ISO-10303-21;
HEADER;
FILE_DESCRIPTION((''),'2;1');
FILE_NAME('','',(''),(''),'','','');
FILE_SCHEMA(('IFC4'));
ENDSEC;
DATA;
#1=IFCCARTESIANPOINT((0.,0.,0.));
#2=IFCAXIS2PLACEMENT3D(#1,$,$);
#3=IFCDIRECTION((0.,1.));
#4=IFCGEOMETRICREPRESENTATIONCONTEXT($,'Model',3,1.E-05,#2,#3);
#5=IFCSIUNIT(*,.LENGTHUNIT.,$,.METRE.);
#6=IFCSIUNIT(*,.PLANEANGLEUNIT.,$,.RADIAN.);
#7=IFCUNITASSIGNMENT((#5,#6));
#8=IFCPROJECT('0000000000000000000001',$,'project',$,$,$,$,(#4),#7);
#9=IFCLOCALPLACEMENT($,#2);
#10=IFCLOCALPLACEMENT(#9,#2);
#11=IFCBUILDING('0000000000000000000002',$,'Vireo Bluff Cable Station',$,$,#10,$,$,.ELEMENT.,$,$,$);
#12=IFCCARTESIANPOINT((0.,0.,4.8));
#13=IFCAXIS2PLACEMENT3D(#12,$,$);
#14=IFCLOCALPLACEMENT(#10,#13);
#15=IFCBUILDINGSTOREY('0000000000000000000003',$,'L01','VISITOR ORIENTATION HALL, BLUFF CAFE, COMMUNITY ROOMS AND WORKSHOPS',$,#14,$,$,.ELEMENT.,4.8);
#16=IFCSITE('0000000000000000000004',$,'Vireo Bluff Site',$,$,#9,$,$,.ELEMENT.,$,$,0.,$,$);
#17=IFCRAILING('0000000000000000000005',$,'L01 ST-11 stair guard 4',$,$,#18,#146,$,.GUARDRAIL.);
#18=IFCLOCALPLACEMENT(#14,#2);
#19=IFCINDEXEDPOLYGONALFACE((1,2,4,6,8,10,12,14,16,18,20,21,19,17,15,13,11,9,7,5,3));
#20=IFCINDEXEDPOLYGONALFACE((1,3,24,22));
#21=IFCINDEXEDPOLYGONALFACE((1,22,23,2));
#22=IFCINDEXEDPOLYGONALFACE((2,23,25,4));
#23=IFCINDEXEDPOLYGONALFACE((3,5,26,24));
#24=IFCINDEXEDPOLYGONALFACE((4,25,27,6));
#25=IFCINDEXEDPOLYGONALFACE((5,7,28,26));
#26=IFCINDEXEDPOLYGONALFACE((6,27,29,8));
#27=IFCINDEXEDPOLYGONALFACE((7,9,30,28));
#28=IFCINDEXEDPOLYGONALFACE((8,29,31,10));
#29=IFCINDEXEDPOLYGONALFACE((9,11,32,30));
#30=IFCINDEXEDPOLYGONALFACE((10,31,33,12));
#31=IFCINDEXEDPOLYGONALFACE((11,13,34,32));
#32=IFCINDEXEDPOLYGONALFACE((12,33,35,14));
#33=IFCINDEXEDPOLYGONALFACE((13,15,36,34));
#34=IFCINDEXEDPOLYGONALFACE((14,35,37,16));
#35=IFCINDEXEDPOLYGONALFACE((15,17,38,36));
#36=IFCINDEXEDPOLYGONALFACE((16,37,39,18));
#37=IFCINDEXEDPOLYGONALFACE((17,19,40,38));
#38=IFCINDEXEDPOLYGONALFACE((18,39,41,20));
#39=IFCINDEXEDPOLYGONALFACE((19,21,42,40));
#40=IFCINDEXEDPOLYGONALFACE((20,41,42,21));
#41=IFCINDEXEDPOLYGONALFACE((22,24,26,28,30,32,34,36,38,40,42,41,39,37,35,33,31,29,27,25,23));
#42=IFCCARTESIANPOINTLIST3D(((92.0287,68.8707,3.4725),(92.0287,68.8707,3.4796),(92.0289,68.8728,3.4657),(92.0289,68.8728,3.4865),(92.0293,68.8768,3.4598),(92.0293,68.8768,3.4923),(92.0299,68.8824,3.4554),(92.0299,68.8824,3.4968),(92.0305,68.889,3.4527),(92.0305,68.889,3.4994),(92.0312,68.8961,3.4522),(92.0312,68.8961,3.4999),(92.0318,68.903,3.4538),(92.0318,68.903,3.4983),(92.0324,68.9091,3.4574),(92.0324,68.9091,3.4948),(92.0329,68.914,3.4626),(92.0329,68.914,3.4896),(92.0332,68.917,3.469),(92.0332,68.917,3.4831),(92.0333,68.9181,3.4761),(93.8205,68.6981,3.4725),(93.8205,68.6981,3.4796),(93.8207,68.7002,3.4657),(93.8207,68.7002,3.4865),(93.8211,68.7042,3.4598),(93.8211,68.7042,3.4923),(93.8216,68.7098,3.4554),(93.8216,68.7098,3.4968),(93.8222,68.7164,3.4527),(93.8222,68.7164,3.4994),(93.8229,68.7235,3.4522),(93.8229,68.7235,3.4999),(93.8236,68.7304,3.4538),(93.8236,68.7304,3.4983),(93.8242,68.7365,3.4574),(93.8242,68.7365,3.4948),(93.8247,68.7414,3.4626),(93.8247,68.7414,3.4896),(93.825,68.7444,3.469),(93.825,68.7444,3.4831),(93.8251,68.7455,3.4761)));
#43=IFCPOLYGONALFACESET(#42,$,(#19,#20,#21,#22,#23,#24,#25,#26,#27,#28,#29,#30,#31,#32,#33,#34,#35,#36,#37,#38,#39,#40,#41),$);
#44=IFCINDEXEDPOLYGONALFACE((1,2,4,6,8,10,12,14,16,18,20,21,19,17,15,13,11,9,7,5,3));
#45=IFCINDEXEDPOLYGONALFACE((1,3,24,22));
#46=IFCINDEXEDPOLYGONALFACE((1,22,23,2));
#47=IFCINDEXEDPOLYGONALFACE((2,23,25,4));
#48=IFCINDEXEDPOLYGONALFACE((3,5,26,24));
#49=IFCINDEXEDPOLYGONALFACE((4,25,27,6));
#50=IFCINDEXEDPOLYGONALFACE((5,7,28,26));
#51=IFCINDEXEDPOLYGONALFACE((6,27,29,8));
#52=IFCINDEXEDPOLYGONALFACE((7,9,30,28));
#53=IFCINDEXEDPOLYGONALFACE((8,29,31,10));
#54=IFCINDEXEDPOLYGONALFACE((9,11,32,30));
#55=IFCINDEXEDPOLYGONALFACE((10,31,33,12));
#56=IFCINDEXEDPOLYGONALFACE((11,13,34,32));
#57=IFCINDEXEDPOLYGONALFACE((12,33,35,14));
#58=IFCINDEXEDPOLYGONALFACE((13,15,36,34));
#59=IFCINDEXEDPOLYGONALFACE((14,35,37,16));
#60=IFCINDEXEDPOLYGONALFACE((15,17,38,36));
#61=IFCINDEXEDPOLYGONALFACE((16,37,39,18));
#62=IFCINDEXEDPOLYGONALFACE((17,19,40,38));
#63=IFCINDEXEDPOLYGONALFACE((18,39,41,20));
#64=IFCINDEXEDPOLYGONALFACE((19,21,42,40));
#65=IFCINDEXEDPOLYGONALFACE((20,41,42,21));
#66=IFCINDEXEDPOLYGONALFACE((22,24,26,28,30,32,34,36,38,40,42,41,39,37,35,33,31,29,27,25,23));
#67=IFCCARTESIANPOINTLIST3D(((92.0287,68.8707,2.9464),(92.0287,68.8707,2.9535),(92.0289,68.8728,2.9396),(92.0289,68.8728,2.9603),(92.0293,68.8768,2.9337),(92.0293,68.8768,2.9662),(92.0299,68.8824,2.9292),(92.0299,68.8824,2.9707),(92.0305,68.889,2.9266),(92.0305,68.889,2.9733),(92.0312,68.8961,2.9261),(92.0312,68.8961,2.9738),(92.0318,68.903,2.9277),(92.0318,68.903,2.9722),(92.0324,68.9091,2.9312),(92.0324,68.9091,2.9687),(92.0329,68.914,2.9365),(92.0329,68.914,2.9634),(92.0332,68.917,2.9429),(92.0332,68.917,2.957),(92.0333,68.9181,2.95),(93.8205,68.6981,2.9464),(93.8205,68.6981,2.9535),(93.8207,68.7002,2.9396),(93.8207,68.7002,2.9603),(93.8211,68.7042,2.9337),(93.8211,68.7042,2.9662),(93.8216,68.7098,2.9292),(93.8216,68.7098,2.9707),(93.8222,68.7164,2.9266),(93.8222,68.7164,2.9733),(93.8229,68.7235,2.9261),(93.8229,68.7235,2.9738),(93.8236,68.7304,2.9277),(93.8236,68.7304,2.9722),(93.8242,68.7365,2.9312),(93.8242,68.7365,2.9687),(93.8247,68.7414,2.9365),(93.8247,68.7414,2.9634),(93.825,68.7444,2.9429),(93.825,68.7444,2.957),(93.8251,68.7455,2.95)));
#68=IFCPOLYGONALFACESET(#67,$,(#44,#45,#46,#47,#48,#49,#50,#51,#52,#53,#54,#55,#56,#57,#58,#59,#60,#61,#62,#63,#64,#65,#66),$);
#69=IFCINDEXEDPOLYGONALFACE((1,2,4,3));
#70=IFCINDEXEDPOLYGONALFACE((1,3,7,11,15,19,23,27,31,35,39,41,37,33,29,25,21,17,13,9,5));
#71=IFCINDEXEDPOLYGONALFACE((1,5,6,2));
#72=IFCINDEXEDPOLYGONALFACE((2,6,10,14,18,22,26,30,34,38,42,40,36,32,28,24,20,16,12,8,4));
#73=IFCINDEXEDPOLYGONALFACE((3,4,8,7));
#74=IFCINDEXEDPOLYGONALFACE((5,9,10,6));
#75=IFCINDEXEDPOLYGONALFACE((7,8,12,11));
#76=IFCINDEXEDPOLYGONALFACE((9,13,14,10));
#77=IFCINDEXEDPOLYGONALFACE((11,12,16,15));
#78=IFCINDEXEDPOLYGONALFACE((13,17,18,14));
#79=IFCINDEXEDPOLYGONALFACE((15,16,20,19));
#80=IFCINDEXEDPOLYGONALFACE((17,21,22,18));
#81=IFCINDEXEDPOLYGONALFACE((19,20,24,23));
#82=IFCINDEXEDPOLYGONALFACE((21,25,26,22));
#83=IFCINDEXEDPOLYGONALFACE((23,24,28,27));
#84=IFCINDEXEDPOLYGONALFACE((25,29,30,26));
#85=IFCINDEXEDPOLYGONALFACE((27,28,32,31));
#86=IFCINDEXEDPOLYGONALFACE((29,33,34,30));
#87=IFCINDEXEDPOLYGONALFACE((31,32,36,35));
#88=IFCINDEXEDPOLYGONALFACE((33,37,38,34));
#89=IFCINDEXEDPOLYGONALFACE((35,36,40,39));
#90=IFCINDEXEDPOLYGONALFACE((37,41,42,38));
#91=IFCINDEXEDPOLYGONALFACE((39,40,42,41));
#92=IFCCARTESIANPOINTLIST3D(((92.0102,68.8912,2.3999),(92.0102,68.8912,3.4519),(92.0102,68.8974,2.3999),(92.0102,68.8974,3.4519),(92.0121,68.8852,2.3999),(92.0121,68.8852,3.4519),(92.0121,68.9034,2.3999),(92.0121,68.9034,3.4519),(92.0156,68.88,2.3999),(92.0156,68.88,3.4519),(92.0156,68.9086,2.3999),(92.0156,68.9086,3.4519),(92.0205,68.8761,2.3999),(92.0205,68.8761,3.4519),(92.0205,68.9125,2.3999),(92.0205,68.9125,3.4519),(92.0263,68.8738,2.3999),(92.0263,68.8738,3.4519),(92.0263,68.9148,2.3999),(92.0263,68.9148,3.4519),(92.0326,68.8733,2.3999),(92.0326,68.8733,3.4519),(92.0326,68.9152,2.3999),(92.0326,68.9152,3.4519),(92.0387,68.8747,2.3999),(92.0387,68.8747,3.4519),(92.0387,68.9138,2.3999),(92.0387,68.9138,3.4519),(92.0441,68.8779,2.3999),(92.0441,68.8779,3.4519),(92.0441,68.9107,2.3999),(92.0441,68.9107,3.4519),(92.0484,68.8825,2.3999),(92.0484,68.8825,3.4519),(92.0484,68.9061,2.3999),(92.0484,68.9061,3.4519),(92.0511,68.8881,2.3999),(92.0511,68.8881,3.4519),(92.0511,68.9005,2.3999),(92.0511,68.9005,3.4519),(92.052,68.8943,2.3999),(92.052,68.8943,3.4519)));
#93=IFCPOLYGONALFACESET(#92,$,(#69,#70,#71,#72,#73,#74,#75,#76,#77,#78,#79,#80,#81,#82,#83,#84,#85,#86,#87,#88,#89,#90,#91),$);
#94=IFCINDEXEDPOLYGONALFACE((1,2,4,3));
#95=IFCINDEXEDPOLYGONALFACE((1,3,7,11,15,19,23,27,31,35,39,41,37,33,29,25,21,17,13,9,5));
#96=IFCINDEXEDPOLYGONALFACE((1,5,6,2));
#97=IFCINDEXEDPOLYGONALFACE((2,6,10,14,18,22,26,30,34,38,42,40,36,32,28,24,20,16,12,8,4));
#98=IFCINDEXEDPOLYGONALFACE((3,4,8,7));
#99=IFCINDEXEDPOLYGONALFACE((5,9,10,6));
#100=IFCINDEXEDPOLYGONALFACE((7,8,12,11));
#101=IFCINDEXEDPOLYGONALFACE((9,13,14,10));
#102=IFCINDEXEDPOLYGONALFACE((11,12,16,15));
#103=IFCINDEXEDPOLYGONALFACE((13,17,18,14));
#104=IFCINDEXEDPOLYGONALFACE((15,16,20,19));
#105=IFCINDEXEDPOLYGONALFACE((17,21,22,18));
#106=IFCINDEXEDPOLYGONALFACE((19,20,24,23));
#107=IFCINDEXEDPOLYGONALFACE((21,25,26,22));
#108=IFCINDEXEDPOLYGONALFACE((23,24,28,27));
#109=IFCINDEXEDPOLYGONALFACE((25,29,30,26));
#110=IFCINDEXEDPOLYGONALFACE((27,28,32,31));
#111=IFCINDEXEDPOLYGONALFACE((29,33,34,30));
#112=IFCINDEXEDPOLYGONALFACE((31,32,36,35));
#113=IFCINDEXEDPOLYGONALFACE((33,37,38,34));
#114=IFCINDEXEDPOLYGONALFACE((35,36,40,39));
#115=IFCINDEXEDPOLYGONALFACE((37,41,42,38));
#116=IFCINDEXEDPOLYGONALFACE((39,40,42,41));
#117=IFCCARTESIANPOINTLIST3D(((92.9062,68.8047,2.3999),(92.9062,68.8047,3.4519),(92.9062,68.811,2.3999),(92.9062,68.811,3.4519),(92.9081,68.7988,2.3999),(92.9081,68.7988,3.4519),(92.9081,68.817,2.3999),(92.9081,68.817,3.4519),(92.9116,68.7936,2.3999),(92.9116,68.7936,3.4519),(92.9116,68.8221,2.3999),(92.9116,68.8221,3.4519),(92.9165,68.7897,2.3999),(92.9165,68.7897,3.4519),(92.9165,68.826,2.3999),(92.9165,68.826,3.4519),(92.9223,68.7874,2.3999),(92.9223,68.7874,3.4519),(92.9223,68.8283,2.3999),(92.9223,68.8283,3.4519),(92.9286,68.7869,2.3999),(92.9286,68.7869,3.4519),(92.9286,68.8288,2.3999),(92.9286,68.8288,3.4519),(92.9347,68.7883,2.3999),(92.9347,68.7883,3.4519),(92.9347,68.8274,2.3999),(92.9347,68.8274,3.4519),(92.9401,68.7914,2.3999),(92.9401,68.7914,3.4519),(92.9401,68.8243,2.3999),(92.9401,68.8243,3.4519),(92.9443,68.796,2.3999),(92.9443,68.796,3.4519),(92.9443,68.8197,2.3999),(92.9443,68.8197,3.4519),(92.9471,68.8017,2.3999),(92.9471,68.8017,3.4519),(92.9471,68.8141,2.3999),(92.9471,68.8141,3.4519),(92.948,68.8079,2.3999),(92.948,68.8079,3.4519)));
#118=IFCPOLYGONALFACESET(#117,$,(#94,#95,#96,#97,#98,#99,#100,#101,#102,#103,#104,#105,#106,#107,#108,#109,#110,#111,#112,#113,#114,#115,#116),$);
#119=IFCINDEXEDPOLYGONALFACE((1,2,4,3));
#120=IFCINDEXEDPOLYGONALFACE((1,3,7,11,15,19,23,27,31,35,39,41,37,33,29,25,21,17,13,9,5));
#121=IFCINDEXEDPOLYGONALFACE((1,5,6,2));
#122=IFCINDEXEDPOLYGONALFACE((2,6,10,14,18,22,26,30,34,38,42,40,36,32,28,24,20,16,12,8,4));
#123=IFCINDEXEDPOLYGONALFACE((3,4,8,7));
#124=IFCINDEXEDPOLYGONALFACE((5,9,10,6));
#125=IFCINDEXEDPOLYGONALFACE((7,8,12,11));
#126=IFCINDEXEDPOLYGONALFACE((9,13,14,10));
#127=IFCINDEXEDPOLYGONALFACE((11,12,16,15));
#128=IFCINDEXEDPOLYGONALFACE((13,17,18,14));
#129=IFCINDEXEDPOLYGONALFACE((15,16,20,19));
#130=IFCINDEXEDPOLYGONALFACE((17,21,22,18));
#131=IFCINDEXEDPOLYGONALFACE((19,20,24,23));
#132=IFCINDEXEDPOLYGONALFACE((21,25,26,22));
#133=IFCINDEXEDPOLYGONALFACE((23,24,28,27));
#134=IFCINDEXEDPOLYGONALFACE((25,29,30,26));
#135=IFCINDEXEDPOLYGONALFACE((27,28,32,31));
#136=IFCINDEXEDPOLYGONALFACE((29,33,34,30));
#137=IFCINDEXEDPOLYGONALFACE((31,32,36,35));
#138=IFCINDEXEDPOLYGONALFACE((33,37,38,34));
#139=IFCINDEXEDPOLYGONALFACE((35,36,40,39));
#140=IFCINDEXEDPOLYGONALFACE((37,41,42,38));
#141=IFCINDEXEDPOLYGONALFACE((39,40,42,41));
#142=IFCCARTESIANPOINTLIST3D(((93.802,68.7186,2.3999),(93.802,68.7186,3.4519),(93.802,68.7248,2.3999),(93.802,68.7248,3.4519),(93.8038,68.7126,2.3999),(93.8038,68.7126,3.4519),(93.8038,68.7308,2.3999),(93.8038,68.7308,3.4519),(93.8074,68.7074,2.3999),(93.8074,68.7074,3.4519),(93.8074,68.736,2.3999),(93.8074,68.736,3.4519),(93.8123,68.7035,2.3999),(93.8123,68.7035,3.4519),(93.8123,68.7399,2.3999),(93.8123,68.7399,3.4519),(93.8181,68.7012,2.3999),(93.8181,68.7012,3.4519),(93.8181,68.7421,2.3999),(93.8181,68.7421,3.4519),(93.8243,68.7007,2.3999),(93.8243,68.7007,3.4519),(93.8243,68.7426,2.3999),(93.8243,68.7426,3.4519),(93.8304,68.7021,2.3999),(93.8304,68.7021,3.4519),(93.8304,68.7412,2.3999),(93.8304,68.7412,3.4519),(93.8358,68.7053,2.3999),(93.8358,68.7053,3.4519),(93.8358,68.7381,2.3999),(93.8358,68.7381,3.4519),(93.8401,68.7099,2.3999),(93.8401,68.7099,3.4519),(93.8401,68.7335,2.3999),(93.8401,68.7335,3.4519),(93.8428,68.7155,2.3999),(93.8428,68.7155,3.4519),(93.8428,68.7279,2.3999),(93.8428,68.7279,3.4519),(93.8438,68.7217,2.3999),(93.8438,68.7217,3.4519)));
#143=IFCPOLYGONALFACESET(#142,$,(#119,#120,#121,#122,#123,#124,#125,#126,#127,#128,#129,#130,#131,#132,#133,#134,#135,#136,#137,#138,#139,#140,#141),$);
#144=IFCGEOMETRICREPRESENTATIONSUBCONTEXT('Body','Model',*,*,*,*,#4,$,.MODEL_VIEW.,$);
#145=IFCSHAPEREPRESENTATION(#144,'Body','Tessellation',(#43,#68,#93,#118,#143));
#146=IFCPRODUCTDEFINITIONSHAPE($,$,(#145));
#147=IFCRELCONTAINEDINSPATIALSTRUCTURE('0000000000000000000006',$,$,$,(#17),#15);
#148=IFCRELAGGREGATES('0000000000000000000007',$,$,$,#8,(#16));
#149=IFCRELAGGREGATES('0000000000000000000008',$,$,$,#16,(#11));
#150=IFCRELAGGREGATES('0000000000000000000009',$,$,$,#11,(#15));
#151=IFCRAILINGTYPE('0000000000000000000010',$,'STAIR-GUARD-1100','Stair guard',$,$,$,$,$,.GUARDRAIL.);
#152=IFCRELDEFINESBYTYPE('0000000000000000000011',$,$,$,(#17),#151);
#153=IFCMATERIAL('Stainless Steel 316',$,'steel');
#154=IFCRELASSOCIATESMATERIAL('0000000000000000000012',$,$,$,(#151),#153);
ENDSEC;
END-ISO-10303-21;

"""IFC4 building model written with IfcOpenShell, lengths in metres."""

from ifc_helpers import new_model, si_unit, direction, frame, origin, origin_2d, place, context, subcontext, project, spatial, circle, extrude, material, type_object, element, save


model = new_model("IFC4")

# Units and contexts
model_context = context("Model", 3, precision=1e-05, world=origin(), true_north=direction((0.0, 1.0)))
body_context = subcontext(model_context, "Body", "Model", "MODEL_VIEW")
ifc_project = project(units=[si_unit("LENGTHUNIT", "METRE"), si_unit("PLANEANGLEUNIT", "RADIAN")], contexts=[model_context])

# Site, building, storey
site_placement = place(None, origin())
site = spatial("IfcSite", under=ifc_project, at=site_placement, Name="Vireo Bluff Site", CompositionType="ELEMENT", RefElevation=0.0)
building_placement = place(site_placement, origin())
building = spatial("IfcBuilding", under=site, at=building_placement, Name="Vireo Bluff Cable Station", CompositionType="ELEMENT")
storey_placement = place(building_placement, frame((0.0, 0.0, 4.8)))
storey = spatial("IfcBuildingStorey", under=building, at=storey_placement, Name="L01", Description="VISITOR ORIENTATION HALL, BLUFF CAFE, COMMUNITY ROOMS AND WORKSHOPS", CompositionType="ELEMENT", Elevation=4.8)

# Railing
ifc_material_1 = material(Name="Stainless Steel 316", Category="steel")
railing_type_1 = type_object("IfcRailingType", Name="STAIR-GUARD-1100", Description="Stair guard", PredefinedType="GUARDRAIL", material=ifc_material_1)
railing_1_placement = place(storey_placement, frame((92.031, 68.8943, 2.3999)))
element("IfcRailing", 1, at=railing_1_placement, inside=storey, type_object=railing_type_1, Name="L01 ST-11 stair guard 4", PredefinedType="GUARDRAIL", context=body_context, shape_type="SweptSolid", body=[
    extrude(circle(Radius=0.0239, at=origin_2d()), frame((0.0, 0.0, 1.0762), z_axis=(0.995392, -0.095891, 0.0), x_axis=(0.095891, 0.995392, 0.0)), (0.0, 0.0, 1.0), 1.8),
    extrude(circle(Radius=0.0239, at=origin_2d()), frame((0.0, 0.0, 0.55), z_axis=(0.995392, -0.095891, 0.0), x_axis=(0.095891, 0.995392, 0.0)), (0.0, 0.0, 1.0), 1.8),
    extrude(circle(Radius=0.021, at=origin_2d()), origin(), (0.0, 0.0, 1.0), 1.052),
    extrude(circle(Radius=0.021, at=origin_2d()), frame((0.896, -0.0864, 0.0)), (0.0, 0.0, 1.0), 1.052),
    extrude(circle(Radius=0.021, at=origin_2d()), frame((1.7917, -0.1726, 0.0)), (0.0, 0.0, 1.0), 1.052),
])

save(model, "model.ifc")
